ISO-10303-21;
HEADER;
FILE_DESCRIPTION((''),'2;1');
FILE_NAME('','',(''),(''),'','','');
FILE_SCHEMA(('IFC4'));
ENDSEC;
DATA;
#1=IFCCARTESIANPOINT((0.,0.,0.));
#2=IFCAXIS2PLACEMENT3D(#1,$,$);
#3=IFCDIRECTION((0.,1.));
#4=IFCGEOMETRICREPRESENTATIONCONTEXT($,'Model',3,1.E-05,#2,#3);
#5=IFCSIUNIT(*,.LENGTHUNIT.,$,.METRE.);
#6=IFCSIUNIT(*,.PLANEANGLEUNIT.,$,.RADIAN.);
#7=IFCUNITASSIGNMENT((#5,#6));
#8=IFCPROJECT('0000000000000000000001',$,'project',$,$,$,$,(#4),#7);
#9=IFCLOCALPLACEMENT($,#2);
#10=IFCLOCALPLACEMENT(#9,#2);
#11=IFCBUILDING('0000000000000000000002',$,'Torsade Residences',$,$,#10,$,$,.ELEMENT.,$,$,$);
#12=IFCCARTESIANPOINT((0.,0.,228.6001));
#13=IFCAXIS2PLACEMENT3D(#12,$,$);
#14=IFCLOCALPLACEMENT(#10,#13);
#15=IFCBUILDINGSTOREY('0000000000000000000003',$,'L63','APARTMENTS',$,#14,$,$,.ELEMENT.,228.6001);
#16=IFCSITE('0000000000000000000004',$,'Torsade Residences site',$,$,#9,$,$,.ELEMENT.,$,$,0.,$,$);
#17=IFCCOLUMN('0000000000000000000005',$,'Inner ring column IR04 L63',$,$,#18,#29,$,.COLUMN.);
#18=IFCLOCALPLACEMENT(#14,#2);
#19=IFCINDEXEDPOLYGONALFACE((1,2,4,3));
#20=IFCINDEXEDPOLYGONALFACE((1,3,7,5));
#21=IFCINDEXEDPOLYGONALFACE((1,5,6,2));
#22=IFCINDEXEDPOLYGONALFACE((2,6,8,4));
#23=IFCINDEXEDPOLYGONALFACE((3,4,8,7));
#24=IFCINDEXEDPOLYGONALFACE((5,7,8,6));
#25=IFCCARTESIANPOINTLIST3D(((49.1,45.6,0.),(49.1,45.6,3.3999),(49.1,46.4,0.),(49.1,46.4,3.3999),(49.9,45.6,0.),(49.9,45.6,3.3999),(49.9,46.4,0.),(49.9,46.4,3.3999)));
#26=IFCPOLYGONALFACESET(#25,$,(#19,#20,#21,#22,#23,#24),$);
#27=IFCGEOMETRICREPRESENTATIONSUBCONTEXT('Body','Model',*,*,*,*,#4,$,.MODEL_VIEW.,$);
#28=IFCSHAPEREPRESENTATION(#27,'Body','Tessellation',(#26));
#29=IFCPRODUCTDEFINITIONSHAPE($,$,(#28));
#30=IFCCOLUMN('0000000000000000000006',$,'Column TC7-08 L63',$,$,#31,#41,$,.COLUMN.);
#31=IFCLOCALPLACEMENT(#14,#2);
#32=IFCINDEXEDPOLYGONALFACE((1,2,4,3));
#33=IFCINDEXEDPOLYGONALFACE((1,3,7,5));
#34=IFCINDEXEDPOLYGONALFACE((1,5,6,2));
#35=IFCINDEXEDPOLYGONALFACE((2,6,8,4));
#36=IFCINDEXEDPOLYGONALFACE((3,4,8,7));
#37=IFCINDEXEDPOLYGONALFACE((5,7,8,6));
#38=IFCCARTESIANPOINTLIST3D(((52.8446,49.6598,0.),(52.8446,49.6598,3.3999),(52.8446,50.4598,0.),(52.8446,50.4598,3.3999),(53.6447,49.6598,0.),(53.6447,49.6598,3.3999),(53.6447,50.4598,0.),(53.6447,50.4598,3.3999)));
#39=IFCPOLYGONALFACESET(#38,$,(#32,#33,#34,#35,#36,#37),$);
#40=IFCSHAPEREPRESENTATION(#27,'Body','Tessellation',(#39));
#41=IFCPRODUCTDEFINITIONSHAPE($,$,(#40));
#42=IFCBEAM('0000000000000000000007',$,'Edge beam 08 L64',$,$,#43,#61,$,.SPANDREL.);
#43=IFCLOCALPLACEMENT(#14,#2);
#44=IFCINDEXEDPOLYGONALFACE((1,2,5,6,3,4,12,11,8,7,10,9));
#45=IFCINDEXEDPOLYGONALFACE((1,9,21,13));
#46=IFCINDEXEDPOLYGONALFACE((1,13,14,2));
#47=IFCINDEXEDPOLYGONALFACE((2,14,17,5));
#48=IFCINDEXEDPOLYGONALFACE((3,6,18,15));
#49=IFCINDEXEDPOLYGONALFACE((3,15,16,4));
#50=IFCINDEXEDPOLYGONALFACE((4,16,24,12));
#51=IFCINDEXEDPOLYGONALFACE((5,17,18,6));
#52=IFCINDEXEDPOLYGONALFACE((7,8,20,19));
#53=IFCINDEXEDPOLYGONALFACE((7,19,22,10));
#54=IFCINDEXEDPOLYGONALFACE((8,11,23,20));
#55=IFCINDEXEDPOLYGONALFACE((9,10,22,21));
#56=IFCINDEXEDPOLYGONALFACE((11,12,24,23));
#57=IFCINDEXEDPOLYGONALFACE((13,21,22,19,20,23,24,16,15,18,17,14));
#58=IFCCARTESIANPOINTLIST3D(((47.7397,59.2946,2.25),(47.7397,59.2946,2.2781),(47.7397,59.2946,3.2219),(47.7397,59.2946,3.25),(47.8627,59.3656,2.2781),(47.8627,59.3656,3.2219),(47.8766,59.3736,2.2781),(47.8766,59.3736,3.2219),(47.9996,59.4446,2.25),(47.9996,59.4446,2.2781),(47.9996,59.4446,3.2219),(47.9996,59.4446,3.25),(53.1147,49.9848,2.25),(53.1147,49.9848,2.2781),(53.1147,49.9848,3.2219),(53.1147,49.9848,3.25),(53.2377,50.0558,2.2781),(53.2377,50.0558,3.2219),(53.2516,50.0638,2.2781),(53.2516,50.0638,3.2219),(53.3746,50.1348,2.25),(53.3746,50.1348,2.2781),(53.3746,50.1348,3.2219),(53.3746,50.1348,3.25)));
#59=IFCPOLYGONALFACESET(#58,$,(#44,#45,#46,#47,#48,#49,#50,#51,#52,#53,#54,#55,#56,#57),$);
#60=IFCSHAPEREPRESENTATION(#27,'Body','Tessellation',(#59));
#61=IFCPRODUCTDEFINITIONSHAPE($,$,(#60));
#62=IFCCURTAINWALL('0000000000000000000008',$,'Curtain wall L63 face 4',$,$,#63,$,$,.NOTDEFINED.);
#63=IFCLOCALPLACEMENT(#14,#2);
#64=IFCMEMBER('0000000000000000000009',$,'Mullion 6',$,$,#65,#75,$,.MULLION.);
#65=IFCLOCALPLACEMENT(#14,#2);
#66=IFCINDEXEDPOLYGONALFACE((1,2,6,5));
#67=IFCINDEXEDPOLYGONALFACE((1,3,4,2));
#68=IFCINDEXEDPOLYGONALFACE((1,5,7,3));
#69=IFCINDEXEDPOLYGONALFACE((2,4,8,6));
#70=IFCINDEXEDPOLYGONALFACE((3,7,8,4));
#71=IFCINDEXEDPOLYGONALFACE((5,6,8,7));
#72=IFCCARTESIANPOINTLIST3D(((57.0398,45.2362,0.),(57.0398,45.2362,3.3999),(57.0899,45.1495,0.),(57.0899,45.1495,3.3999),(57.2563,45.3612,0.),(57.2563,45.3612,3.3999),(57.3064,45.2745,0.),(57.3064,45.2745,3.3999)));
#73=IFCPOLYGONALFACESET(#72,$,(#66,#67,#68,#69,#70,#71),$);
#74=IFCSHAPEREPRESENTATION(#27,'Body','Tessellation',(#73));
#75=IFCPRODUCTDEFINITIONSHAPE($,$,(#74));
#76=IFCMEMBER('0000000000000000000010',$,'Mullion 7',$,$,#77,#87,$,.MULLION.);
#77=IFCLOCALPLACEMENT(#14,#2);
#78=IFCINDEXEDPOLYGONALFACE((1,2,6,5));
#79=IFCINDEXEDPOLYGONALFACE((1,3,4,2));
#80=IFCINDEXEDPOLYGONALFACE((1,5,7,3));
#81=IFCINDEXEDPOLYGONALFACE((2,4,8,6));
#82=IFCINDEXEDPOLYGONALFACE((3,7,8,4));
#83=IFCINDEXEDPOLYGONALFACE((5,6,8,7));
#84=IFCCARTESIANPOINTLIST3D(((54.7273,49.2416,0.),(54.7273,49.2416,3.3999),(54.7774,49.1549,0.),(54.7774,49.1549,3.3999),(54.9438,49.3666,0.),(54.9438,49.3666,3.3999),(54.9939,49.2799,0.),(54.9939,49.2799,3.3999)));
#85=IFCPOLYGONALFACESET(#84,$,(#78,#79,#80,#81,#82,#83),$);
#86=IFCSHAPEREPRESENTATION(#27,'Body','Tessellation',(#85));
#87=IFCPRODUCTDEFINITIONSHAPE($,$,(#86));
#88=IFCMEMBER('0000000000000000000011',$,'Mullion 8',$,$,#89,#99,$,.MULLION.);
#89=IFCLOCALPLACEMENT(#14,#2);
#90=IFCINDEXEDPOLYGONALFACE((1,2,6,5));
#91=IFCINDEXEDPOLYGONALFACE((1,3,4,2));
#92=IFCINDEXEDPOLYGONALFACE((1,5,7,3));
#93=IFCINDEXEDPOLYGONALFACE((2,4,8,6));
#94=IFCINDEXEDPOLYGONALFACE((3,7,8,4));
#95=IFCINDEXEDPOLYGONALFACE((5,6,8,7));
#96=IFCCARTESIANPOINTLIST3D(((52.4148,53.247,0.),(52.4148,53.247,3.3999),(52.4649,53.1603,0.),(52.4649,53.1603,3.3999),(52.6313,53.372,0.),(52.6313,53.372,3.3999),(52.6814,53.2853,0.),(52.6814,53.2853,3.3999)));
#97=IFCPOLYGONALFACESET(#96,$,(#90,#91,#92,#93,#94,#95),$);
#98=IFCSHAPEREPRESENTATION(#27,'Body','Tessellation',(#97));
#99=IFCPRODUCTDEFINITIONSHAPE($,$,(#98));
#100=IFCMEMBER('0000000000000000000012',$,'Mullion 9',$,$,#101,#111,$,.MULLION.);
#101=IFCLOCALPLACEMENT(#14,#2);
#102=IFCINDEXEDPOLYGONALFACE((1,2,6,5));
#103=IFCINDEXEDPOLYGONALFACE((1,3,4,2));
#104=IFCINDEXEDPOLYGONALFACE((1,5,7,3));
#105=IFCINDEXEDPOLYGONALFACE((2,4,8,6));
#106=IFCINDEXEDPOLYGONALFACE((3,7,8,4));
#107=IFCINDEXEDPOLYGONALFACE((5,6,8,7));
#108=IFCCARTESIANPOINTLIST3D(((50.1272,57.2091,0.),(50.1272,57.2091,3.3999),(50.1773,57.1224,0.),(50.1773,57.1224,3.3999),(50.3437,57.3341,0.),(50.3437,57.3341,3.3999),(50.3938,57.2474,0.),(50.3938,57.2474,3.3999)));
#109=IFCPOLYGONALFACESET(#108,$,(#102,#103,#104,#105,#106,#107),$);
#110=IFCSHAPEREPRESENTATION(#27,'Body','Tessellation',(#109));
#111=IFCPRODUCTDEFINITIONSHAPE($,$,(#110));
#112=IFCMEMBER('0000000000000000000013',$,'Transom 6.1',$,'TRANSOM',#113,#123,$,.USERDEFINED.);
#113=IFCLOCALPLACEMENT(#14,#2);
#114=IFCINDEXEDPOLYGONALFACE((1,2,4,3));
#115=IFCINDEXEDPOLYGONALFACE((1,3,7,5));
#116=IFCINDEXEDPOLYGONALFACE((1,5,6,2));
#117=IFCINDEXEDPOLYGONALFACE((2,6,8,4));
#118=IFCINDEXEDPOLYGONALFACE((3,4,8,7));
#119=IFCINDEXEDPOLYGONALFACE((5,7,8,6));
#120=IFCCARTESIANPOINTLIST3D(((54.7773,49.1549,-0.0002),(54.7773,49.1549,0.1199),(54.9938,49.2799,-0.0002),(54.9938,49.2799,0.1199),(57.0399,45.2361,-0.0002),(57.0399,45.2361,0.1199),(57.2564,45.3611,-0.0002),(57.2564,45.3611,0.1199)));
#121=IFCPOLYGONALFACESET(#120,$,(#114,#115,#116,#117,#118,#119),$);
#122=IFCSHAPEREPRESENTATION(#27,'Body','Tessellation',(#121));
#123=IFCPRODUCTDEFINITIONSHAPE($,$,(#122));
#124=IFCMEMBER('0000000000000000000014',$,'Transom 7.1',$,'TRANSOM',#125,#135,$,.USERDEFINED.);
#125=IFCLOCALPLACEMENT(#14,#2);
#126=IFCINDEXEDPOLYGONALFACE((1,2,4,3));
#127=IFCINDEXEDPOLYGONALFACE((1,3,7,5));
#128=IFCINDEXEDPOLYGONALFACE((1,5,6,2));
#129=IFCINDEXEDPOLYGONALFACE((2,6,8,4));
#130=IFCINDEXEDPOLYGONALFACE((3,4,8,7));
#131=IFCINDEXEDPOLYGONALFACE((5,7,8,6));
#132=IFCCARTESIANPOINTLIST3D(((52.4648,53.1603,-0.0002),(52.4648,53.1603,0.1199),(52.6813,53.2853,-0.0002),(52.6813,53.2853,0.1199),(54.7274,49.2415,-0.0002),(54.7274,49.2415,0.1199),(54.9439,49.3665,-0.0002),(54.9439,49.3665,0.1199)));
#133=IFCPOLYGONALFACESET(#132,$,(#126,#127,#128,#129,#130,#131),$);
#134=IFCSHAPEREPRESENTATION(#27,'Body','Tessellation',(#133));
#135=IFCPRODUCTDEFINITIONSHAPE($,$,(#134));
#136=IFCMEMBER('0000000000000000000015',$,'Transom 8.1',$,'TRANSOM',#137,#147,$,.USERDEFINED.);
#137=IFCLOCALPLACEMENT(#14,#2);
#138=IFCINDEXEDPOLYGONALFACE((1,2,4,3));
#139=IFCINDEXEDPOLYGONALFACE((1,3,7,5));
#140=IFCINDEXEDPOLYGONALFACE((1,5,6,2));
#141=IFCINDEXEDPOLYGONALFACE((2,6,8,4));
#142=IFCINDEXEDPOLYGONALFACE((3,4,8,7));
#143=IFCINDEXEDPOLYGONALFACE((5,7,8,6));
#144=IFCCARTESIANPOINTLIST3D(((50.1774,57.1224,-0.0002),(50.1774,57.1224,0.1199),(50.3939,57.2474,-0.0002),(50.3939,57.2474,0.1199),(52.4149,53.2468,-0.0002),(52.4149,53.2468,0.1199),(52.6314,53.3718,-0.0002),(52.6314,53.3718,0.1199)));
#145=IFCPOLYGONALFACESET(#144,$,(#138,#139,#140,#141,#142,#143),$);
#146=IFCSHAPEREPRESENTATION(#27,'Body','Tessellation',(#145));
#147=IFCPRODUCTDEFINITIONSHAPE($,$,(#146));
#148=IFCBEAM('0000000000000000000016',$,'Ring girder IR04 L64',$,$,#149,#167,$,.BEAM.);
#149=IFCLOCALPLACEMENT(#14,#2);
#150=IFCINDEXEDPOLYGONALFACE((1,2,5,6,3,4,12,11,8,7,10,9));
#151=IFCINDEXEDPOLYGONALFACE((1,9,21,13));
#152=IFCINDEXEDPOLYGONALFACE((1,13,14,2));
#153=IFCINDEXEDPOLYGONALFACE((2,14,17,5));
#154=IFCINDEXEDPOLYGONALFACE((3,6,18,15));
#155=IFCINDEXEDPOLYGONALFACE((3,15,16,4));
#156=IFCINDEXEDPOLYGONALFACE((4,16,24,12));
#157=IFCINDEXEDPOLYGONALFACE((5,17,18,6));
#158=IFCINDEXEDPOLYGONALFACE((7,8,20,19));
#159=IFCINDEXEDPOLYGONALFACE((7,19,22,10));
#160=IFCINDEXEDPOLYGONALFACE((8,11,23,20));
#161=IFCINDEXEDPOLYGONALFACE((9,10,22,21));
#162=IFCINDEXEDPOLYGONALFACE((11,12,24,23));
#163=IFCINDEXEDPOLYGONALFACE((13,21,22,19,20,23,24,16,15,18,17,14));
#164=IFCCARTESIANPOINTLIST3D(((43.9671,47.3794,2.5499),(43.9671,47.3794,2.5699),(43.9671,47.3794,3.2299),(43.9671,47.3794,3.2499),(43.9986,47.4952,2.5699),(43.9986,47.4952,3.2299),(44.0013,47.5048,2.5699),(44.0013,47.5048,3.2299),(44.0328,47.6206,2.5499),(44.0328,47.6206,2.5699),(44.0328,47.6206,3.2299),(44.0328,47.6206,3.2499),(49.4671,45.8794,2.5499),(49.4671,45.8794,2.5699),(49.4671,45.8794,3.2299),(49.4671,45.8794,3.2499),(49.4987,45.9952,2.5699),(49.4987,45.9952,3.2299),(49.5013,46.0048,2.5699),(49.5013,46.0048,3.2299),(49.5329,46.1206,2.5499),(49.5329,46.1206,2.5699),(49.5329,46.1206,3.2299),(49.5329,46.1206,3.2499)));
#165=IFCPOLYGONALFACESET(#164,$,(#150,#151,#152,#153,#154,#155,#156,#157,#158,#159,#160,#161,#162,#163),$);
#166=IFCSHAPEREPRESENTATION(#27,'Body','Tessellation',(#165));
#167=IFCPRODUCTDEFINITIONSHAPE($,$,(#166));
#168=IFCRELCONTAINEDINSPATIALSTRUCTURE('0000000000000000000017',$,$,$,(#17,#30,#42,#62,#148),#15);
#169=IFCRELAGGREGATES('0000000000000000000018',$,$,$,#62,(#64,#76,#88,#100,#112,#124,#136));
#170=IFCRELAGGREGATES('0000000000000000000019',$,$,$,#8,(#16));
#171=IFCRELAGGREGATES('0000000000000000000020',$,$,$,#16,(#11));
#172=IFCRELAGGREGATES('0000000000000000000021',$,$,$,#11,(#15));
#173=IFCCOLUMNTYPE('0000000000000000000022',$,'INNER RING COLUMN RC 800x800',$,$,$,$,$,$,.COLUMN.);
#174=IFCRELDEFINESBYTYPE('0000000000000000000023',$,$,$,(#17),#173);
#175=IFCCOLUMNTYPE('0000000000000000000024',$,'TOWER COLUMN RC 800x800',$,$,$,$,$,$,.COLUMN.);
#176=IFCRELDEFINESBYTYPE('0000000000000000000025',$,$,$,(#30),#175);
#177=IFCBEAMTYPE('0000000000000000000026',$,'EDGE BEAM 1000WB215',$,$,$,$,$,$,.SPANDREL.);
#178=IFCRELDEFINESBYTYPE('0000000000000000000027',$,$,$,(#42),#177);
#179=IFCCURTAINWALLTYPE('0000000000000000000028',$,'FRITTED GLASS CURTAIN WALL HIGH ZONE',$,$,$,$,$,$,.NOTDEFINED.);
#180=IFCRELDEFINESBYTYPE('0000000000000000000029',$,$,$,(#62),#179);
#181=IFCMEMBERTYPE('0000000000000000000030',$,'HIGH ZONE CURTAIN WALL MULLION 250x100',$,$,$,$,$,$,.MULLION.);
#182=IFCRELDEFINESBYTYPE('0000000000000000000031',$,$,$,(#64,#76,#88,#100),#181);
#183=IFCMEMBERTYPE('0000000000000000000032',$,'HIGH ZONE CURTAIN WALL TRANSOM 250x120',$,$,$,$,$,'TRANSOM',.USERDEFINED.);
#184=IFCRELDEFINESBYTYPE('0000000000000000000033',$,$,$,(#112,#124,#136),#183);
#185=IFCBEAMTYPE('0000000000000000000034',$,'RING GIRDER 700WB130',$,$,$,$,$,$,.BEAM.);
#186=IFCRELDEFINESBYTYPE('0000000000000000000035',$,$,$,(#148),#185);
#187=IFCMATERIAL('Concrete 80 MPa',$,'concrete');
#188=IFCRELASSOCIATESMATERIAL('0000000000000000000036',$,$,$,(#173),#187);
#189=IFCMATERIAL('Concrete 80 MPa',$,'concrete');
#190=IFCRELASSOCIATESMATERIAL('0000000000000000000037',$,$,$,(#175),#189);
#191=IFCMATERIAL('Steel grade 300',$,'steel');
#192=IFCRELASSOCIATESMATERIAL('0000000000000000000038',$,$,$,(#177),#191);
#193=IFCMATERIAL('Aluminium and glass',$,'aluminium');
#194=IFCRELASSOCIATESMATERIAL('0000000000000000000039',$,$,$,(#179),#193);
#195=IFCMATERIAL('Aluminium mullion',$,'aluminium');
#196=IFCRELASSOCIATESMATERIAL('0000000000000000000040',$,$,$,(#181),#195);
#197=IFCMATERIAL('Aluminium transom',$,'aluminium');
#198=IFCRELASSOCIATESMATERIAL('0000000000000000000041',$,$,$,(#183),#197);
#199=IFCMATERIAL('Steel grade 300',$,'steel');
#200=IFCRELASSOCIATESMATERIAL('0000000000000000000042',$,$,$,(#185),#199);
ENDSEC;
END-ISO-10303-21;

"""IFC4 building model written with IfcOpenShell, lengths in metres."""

from ifc_helpers import new_model, si_unit, direction, frame, origin, origin_2d, place, context, subcontext, project, spatial, rectangle, i_section, extrude, material, material_profile, profile_set, type_object, element, aggregate, save


model = new_model("IFC4")

# Units and contexts
model_context = context("Model", 3, precision=1e-05, world=origin(), true_north=direction((0.0, 1.0)))
body_context = subcontext(model_context, "Body", "Model", "MODEL_VIEW")
ifc_project = project(units=[si_unit("LENGTHUNIT", "METRE"), si_unit("PLANEANGLEUNIT", "RADIAN")], contexts=[model_context])

# Site, building, storey
site_placement = place(None, origin())
site = spatial("IfcSite", under=ifc_project, at=site_placement, Name="Torsade Residences site", CompositionType="ELEMENT", RefElevation=0.0)
building_placement = place(site_placement, origin())
building = spatial("IfcBuilding", under=site, at=building_placement, Name="Torsade Residences", CompositionType="ELEMENT")
storey_placement = place(building_placement, frame((0.0, 0.0, 228.6001)))
storey = spatial("IfcBuildingStorey", under=building, at=storey_placement, Name="L63", Description="APARTMENTS", CompositionType="ELEMENT", Elevation=228.6001)

# Columns
ifc_material_1 = material(Name="Concrete 80 MPa", Category="concrete")
ifc_material_profile_1 = material_profile(ifc_material_1, rectangle(XDim=0.8, YDim=0.8, at=origin_2d()), Name="RC 800x800")
ifc_profile_set_1 = profile_set([ifc_material_profile_1], Name="Concrete 80 MPa")
column_type_1 = type_object("IfcColumnType", Name="INNER RING COLUMN RC 800x800", PredefinedType="COLUMN", material=ifc_profile_set_1)
column_1_placement = place(storey_placement, frame((49.5, 46.0, 0.0), z_axis=(0.0, 0.0, 1.0), x_axis=(1.0, 0.0, 0.0)))
element("IfcColumn", 1, at=column_1_placement, inside=storey, type_object=column_type_1, Name="Inner ring column IR04 L63", PredefinedType="COLUMN", context=body_context, shape_type="SweptSolid", body=[
    extrude(rectangle(XDim=0.8, YDim=0.8, at=origin_2d()), origin(), (0.0, 0.0, 1.0), 3.3999),
])
ifc_material_2 = material(Name="Concrete 80 MPa", Category="concrete")
ifc_material_profile_2 = material_profile(ifc_material_2, rectangle(XDim=0.8, YDim=0.8, at=origin_2d()), Name="RC 800x800")
ifc_profile_set_2 = profile_set([ifc_material_profile_2], Name="Concrete 80 MPa")
column_type_2 = type_object("IfcColumnType", Name="TOWER COLUMN RC 800x800", PredefinedType="COLUMN", material=ifc_profile_set_2)
column_2_placement = place(storey_placement, frame((53.2446, 50.0598, 0.0), z_axis=(0.0, 0.0, 1.0), x_axis=(1.0, 0.0, 0.0)))
element("IfcColumn", 2, at=column_2_placement, inside=storey, type_object=column_type_2, Name="Column TC7-08 L63", PredefinedType="COLUMN", context=body_context, shape_type="SweptSolid", body=[
    extrude(rectangle(XDim=0.8, YDim=0.8, at=origin_2d()), origin(), (0.0, 0.0, 1.0), 3.3999),
])

# Beam
ifc_material_3 = material(Name="Steel grade 300", Category="steel")
ifc_material_profile_3 = material_profile(ifc_material_3, i_section(OverallWidth=0.3, OverallDepth=1.0, WebThickness=0.0161, FlangeThickness=0.0281, at=origin_2d()), Name="1000WB215")
ifc_profile_set_3 = profile_set([ifc_material_profile_3], Name="Steel grade 300")
beam_type_1 = type_object("IfcBeamType", Name="EDGE BEAM 1000WB215", PredefinedType="SPANDREL", material=ifc_profile_set_3)
beam_1_placement = place(storey_placement, frame((53.2446, 50.0598, 2.75), z_axis=(-0.499998, 0.866026, 0.0), x_axis=(-0.866026, -0.499998, 0.0)))
element("IfcBeam", 3, at=beam_1_placement, inside=storey, type_object=beam_type_1, Name="Edge beam 08 L64", PredefinedType="SPANDREL", context=body_context, shape_type="SweptSolid", body=[
    extrude(i_section(OverallWidth=0.3, OverallDepth=1.0, WebThickness=0.0161, FlangeThickness=0.0281, at=origin_2d()), origin(), (0.0, 0.0, 1.0), 10.75),
])

# Curtain wall, members
ifc_material_4 = material(Name="Aluminium and glass", Category="aluminium")
curtain_wall_type = type_object("IfcCurtainWallType", Name="FRITTED GLASS CURTAIN WALL HIGH ZONE", PredefinedType="NOTDEFINED", material=ifc_material_4)
curtain_wall_placement = place(storey_placement, origin())
curtain_wall = element("IfcCurtainWall", 4, at=curtain_wall_placement, inside=storey, type_object=curtain_wall_type, Name="Curtain wall L63 face 4", PredefinedType="NOTDEFINED")
ifc_material_5 = material(Name="Aluminium mullion", Category="aluminium")
ifc_material_profile_4 = material_profile(ifc_material_5, rectangle(XDim=0.25, YDim=0.1001, at=origin_2d()), Name="HIGH ZONE CURTAIN WALL MULLION 250x100")
ifc_profile_set_4 = profile_set([ifc_material_profile_4], Name="Aluminium mullion")
member_type_1 = type_object("IfcMemberType", Name="HIGH ZONE CURTAIN WALL MULLION 250x100", PredefinedType="MULLION", material=ifc_profile_set_4)
member_1_placement = place(storey_placement, frame((57.1731, 45.2554, 0.0), z_axis=(0.0, 0.0, 1.0), x_axis=(-0.866025, -0.5, 0.0)))
member_1 = element("IfcMember", 5, at=member_1_placement, type_object=member_type_1, Name="Mullion 6", PredefinedType="MULLION", context=body_context, shape_type="SweptSolid", body=[
    extrude(rectangle(XDim=0.25, YDim=0.1001, at=origin_2d()), origin(), (0.0, 0.0, 1.0), 3.3999),
])
member_2_placement = place(storey_placement, frame((54.8606, 49.2607, 0.0), z_axis=(0.0, 0.0, 1.0), x_axis=(-0.866025, -0.5, 0.0)))
member_2 = element("IfcMember", 6, at=member_2_placement, type_object=member_type_1, Name="Mullion 7", PredefinedType="MULLION", context=body_context, shape_type="SweptSolid", body=[
    extrude(rectangle(XDim=0.25, YDim=0.1001, at=origin_2d()), origin(), (0.0, 0.0, 1.0), 3.3999),
])
member_3_placement = place(storey_placement, frame((52.5481, 53.2661, 0.0), z_axis=(0.0, 0.0, 1.0), x_axis=(-0.866025, -0.5, 0.0)))
member_3 = element("IfcMember", 7, at=member_3_placement, type_object=member_type_1, Name="Mullion 8", PredefinedType="MULLION", context=body_context, shape_type="SweptSolid", body=[
    extrude(rectangle(XDim=0.25, YDim=0.1001, at=origin_2d()), origin(), (0.0, 0.0, 1.0), 3.3999),
])
member_4_placement = place(storey_placement, frame((50.2605, 57.2283, 0.0), z_axis=(0.0, 0.0, 1.0), x_axis=(-0.866025, -0.5, 0.0)))
member_4 = element("IfcMember", 8, at=member_4_placement, type_object=member_type_1, Name="Mullion 9", PredefinedType="MULLION", context=body_context, shape_type="SweptSolid", body=[
    extrude(rectangle(XDim=0.25, YDim=0.1001, at=origin_2d()), origin(), (0.0, 0.0, 1.0), 3.3999),
])
ifc_material_6 = material(Name="Aluminium transom", Category="aluminium")
ifc_material_profile_5 = material_profile(ifc_material_6, rectangle(XDim=0.25, YDim=0.1201, at=origin_2d()), Name="HIGH ZONE CURTAIN WALL TRANSOM 250x120")
ifc_profile_set_5 = profile_set([ifc_material_profile_5], Name="Aluminium transom")
member_type_2 = type_object("IfcMemberType", Name="HIGH ZONE CURTAIN WALL TRANSOM 250x120", ElementType="TRANSOM", PredefinedType="USERDEFINED", material=ifc_profile_set_5)
member_5_placement = place(storey_placement, frame((57.1482, 45.2986, 0.0598), z_axis=(-0.500015, 0.866017, 0.0), x_axis=(-0.866017, -0.500015, 0.0)))
member_5 = element("IfcMember", 9, at=member_5_placement, type_object=member_type_2, Name="Transom 6.1", ObjectType="TRANSOM", PredefinedType="USERDEFINED", context=body_context, shape_type="SweptSolid", body=[
    extrude(rectangle(XDim=0.25, YDim=0.1201, at=origin_2d()), origin(), (0.0, 0.0, 1.0), 4.5251),
])
member_6_placement = place(storey_placement, frame((54.8357, 49.304, 0.0598), z_axis=(-0.500015, 0.866017, 0.0), x_axis=(-0.866017, -0.500015, 0.0)))
member_6 = element("IfcMember", 10, at=member_6_placement, type_object=member_type_2, Name="Transom 7.1", ObjectType="TRANSOM", PredefinedType="USERDEFINED", context=body_context, shape_type="SweptSolid", body=[
    extrude(rectangle(XDim=0.25, YDim=0.1201, at=origin_2d()), origin(), (0.0, 0.0, 1.0), 4.5251),
])
member_7_placement = place(storey_placement, frame((52.5232, 53.3093, 0.0598), z_axis=(-0.500006, 0.866022, 0.0), x_axis=(-0.866022, -0.500006, 0.0)))
member_7 = element("IfcMember", 11, at=member_7_placement, type_object=member_type_2, Name="Transom 8.1", ObjectType="TRANSOM", PredefinedType="USERDEFINED", context=body_context, shape_type="SweptSolid", body=[
    extrude(rectangle(XDim=0.25, YDim=0.1201, at=origin_2d()), origin(), (0.0, 0.0, 1.0), 4.4751),
])

# Beam
ifc_material_7 = material(Name="Steel grade 300", Category="steel")
ifc_material_profile_6 = material_profile(ifc_material_7, i_section(OverallWidth=0.25, OverallDepth=0.7, WebThickness=0.01, FlangeThickness=0.02, at=origin_2d()), Name="700WB130")
ifc_profile_set_6 = profile_set([ifc_material_profile_6], Name="Steel grade 300")
beam_type_2 = type_object("IfcBeamType", Name="RING GIRDER 700WB130", PredefinedType="BEAM", material=ifc_profile_set_6)
beam_2_placement = place(storey_placement, frame((49.5, 46.0, 2.8999), z_axis=(-0.964764, 0.263117, 0.0), x_axis=(-0.263117, -0.964764, 0.0)))
element("IfcBeam", 12, at=beam_2_placement, inside=storey, type_object=beam_type_2, Name="Ring girder IR04 L64", PredefinedType="BEAM", context=body_context, shape_type="SweptSolid", body=[
    extrude(i_section(OverallWidth=0.25, OverallDepth=0.7, WebThickness=0.01, FlangeThickness=0.02, at=origin_2d()), origin(), (0.0, 0.0, 1.0), 5.7009),
])

aggregate(curtain_wall, [member_1, member_2, member_3, member_4, member_5, member_6, member_7])

save(model, "model.ifc")
